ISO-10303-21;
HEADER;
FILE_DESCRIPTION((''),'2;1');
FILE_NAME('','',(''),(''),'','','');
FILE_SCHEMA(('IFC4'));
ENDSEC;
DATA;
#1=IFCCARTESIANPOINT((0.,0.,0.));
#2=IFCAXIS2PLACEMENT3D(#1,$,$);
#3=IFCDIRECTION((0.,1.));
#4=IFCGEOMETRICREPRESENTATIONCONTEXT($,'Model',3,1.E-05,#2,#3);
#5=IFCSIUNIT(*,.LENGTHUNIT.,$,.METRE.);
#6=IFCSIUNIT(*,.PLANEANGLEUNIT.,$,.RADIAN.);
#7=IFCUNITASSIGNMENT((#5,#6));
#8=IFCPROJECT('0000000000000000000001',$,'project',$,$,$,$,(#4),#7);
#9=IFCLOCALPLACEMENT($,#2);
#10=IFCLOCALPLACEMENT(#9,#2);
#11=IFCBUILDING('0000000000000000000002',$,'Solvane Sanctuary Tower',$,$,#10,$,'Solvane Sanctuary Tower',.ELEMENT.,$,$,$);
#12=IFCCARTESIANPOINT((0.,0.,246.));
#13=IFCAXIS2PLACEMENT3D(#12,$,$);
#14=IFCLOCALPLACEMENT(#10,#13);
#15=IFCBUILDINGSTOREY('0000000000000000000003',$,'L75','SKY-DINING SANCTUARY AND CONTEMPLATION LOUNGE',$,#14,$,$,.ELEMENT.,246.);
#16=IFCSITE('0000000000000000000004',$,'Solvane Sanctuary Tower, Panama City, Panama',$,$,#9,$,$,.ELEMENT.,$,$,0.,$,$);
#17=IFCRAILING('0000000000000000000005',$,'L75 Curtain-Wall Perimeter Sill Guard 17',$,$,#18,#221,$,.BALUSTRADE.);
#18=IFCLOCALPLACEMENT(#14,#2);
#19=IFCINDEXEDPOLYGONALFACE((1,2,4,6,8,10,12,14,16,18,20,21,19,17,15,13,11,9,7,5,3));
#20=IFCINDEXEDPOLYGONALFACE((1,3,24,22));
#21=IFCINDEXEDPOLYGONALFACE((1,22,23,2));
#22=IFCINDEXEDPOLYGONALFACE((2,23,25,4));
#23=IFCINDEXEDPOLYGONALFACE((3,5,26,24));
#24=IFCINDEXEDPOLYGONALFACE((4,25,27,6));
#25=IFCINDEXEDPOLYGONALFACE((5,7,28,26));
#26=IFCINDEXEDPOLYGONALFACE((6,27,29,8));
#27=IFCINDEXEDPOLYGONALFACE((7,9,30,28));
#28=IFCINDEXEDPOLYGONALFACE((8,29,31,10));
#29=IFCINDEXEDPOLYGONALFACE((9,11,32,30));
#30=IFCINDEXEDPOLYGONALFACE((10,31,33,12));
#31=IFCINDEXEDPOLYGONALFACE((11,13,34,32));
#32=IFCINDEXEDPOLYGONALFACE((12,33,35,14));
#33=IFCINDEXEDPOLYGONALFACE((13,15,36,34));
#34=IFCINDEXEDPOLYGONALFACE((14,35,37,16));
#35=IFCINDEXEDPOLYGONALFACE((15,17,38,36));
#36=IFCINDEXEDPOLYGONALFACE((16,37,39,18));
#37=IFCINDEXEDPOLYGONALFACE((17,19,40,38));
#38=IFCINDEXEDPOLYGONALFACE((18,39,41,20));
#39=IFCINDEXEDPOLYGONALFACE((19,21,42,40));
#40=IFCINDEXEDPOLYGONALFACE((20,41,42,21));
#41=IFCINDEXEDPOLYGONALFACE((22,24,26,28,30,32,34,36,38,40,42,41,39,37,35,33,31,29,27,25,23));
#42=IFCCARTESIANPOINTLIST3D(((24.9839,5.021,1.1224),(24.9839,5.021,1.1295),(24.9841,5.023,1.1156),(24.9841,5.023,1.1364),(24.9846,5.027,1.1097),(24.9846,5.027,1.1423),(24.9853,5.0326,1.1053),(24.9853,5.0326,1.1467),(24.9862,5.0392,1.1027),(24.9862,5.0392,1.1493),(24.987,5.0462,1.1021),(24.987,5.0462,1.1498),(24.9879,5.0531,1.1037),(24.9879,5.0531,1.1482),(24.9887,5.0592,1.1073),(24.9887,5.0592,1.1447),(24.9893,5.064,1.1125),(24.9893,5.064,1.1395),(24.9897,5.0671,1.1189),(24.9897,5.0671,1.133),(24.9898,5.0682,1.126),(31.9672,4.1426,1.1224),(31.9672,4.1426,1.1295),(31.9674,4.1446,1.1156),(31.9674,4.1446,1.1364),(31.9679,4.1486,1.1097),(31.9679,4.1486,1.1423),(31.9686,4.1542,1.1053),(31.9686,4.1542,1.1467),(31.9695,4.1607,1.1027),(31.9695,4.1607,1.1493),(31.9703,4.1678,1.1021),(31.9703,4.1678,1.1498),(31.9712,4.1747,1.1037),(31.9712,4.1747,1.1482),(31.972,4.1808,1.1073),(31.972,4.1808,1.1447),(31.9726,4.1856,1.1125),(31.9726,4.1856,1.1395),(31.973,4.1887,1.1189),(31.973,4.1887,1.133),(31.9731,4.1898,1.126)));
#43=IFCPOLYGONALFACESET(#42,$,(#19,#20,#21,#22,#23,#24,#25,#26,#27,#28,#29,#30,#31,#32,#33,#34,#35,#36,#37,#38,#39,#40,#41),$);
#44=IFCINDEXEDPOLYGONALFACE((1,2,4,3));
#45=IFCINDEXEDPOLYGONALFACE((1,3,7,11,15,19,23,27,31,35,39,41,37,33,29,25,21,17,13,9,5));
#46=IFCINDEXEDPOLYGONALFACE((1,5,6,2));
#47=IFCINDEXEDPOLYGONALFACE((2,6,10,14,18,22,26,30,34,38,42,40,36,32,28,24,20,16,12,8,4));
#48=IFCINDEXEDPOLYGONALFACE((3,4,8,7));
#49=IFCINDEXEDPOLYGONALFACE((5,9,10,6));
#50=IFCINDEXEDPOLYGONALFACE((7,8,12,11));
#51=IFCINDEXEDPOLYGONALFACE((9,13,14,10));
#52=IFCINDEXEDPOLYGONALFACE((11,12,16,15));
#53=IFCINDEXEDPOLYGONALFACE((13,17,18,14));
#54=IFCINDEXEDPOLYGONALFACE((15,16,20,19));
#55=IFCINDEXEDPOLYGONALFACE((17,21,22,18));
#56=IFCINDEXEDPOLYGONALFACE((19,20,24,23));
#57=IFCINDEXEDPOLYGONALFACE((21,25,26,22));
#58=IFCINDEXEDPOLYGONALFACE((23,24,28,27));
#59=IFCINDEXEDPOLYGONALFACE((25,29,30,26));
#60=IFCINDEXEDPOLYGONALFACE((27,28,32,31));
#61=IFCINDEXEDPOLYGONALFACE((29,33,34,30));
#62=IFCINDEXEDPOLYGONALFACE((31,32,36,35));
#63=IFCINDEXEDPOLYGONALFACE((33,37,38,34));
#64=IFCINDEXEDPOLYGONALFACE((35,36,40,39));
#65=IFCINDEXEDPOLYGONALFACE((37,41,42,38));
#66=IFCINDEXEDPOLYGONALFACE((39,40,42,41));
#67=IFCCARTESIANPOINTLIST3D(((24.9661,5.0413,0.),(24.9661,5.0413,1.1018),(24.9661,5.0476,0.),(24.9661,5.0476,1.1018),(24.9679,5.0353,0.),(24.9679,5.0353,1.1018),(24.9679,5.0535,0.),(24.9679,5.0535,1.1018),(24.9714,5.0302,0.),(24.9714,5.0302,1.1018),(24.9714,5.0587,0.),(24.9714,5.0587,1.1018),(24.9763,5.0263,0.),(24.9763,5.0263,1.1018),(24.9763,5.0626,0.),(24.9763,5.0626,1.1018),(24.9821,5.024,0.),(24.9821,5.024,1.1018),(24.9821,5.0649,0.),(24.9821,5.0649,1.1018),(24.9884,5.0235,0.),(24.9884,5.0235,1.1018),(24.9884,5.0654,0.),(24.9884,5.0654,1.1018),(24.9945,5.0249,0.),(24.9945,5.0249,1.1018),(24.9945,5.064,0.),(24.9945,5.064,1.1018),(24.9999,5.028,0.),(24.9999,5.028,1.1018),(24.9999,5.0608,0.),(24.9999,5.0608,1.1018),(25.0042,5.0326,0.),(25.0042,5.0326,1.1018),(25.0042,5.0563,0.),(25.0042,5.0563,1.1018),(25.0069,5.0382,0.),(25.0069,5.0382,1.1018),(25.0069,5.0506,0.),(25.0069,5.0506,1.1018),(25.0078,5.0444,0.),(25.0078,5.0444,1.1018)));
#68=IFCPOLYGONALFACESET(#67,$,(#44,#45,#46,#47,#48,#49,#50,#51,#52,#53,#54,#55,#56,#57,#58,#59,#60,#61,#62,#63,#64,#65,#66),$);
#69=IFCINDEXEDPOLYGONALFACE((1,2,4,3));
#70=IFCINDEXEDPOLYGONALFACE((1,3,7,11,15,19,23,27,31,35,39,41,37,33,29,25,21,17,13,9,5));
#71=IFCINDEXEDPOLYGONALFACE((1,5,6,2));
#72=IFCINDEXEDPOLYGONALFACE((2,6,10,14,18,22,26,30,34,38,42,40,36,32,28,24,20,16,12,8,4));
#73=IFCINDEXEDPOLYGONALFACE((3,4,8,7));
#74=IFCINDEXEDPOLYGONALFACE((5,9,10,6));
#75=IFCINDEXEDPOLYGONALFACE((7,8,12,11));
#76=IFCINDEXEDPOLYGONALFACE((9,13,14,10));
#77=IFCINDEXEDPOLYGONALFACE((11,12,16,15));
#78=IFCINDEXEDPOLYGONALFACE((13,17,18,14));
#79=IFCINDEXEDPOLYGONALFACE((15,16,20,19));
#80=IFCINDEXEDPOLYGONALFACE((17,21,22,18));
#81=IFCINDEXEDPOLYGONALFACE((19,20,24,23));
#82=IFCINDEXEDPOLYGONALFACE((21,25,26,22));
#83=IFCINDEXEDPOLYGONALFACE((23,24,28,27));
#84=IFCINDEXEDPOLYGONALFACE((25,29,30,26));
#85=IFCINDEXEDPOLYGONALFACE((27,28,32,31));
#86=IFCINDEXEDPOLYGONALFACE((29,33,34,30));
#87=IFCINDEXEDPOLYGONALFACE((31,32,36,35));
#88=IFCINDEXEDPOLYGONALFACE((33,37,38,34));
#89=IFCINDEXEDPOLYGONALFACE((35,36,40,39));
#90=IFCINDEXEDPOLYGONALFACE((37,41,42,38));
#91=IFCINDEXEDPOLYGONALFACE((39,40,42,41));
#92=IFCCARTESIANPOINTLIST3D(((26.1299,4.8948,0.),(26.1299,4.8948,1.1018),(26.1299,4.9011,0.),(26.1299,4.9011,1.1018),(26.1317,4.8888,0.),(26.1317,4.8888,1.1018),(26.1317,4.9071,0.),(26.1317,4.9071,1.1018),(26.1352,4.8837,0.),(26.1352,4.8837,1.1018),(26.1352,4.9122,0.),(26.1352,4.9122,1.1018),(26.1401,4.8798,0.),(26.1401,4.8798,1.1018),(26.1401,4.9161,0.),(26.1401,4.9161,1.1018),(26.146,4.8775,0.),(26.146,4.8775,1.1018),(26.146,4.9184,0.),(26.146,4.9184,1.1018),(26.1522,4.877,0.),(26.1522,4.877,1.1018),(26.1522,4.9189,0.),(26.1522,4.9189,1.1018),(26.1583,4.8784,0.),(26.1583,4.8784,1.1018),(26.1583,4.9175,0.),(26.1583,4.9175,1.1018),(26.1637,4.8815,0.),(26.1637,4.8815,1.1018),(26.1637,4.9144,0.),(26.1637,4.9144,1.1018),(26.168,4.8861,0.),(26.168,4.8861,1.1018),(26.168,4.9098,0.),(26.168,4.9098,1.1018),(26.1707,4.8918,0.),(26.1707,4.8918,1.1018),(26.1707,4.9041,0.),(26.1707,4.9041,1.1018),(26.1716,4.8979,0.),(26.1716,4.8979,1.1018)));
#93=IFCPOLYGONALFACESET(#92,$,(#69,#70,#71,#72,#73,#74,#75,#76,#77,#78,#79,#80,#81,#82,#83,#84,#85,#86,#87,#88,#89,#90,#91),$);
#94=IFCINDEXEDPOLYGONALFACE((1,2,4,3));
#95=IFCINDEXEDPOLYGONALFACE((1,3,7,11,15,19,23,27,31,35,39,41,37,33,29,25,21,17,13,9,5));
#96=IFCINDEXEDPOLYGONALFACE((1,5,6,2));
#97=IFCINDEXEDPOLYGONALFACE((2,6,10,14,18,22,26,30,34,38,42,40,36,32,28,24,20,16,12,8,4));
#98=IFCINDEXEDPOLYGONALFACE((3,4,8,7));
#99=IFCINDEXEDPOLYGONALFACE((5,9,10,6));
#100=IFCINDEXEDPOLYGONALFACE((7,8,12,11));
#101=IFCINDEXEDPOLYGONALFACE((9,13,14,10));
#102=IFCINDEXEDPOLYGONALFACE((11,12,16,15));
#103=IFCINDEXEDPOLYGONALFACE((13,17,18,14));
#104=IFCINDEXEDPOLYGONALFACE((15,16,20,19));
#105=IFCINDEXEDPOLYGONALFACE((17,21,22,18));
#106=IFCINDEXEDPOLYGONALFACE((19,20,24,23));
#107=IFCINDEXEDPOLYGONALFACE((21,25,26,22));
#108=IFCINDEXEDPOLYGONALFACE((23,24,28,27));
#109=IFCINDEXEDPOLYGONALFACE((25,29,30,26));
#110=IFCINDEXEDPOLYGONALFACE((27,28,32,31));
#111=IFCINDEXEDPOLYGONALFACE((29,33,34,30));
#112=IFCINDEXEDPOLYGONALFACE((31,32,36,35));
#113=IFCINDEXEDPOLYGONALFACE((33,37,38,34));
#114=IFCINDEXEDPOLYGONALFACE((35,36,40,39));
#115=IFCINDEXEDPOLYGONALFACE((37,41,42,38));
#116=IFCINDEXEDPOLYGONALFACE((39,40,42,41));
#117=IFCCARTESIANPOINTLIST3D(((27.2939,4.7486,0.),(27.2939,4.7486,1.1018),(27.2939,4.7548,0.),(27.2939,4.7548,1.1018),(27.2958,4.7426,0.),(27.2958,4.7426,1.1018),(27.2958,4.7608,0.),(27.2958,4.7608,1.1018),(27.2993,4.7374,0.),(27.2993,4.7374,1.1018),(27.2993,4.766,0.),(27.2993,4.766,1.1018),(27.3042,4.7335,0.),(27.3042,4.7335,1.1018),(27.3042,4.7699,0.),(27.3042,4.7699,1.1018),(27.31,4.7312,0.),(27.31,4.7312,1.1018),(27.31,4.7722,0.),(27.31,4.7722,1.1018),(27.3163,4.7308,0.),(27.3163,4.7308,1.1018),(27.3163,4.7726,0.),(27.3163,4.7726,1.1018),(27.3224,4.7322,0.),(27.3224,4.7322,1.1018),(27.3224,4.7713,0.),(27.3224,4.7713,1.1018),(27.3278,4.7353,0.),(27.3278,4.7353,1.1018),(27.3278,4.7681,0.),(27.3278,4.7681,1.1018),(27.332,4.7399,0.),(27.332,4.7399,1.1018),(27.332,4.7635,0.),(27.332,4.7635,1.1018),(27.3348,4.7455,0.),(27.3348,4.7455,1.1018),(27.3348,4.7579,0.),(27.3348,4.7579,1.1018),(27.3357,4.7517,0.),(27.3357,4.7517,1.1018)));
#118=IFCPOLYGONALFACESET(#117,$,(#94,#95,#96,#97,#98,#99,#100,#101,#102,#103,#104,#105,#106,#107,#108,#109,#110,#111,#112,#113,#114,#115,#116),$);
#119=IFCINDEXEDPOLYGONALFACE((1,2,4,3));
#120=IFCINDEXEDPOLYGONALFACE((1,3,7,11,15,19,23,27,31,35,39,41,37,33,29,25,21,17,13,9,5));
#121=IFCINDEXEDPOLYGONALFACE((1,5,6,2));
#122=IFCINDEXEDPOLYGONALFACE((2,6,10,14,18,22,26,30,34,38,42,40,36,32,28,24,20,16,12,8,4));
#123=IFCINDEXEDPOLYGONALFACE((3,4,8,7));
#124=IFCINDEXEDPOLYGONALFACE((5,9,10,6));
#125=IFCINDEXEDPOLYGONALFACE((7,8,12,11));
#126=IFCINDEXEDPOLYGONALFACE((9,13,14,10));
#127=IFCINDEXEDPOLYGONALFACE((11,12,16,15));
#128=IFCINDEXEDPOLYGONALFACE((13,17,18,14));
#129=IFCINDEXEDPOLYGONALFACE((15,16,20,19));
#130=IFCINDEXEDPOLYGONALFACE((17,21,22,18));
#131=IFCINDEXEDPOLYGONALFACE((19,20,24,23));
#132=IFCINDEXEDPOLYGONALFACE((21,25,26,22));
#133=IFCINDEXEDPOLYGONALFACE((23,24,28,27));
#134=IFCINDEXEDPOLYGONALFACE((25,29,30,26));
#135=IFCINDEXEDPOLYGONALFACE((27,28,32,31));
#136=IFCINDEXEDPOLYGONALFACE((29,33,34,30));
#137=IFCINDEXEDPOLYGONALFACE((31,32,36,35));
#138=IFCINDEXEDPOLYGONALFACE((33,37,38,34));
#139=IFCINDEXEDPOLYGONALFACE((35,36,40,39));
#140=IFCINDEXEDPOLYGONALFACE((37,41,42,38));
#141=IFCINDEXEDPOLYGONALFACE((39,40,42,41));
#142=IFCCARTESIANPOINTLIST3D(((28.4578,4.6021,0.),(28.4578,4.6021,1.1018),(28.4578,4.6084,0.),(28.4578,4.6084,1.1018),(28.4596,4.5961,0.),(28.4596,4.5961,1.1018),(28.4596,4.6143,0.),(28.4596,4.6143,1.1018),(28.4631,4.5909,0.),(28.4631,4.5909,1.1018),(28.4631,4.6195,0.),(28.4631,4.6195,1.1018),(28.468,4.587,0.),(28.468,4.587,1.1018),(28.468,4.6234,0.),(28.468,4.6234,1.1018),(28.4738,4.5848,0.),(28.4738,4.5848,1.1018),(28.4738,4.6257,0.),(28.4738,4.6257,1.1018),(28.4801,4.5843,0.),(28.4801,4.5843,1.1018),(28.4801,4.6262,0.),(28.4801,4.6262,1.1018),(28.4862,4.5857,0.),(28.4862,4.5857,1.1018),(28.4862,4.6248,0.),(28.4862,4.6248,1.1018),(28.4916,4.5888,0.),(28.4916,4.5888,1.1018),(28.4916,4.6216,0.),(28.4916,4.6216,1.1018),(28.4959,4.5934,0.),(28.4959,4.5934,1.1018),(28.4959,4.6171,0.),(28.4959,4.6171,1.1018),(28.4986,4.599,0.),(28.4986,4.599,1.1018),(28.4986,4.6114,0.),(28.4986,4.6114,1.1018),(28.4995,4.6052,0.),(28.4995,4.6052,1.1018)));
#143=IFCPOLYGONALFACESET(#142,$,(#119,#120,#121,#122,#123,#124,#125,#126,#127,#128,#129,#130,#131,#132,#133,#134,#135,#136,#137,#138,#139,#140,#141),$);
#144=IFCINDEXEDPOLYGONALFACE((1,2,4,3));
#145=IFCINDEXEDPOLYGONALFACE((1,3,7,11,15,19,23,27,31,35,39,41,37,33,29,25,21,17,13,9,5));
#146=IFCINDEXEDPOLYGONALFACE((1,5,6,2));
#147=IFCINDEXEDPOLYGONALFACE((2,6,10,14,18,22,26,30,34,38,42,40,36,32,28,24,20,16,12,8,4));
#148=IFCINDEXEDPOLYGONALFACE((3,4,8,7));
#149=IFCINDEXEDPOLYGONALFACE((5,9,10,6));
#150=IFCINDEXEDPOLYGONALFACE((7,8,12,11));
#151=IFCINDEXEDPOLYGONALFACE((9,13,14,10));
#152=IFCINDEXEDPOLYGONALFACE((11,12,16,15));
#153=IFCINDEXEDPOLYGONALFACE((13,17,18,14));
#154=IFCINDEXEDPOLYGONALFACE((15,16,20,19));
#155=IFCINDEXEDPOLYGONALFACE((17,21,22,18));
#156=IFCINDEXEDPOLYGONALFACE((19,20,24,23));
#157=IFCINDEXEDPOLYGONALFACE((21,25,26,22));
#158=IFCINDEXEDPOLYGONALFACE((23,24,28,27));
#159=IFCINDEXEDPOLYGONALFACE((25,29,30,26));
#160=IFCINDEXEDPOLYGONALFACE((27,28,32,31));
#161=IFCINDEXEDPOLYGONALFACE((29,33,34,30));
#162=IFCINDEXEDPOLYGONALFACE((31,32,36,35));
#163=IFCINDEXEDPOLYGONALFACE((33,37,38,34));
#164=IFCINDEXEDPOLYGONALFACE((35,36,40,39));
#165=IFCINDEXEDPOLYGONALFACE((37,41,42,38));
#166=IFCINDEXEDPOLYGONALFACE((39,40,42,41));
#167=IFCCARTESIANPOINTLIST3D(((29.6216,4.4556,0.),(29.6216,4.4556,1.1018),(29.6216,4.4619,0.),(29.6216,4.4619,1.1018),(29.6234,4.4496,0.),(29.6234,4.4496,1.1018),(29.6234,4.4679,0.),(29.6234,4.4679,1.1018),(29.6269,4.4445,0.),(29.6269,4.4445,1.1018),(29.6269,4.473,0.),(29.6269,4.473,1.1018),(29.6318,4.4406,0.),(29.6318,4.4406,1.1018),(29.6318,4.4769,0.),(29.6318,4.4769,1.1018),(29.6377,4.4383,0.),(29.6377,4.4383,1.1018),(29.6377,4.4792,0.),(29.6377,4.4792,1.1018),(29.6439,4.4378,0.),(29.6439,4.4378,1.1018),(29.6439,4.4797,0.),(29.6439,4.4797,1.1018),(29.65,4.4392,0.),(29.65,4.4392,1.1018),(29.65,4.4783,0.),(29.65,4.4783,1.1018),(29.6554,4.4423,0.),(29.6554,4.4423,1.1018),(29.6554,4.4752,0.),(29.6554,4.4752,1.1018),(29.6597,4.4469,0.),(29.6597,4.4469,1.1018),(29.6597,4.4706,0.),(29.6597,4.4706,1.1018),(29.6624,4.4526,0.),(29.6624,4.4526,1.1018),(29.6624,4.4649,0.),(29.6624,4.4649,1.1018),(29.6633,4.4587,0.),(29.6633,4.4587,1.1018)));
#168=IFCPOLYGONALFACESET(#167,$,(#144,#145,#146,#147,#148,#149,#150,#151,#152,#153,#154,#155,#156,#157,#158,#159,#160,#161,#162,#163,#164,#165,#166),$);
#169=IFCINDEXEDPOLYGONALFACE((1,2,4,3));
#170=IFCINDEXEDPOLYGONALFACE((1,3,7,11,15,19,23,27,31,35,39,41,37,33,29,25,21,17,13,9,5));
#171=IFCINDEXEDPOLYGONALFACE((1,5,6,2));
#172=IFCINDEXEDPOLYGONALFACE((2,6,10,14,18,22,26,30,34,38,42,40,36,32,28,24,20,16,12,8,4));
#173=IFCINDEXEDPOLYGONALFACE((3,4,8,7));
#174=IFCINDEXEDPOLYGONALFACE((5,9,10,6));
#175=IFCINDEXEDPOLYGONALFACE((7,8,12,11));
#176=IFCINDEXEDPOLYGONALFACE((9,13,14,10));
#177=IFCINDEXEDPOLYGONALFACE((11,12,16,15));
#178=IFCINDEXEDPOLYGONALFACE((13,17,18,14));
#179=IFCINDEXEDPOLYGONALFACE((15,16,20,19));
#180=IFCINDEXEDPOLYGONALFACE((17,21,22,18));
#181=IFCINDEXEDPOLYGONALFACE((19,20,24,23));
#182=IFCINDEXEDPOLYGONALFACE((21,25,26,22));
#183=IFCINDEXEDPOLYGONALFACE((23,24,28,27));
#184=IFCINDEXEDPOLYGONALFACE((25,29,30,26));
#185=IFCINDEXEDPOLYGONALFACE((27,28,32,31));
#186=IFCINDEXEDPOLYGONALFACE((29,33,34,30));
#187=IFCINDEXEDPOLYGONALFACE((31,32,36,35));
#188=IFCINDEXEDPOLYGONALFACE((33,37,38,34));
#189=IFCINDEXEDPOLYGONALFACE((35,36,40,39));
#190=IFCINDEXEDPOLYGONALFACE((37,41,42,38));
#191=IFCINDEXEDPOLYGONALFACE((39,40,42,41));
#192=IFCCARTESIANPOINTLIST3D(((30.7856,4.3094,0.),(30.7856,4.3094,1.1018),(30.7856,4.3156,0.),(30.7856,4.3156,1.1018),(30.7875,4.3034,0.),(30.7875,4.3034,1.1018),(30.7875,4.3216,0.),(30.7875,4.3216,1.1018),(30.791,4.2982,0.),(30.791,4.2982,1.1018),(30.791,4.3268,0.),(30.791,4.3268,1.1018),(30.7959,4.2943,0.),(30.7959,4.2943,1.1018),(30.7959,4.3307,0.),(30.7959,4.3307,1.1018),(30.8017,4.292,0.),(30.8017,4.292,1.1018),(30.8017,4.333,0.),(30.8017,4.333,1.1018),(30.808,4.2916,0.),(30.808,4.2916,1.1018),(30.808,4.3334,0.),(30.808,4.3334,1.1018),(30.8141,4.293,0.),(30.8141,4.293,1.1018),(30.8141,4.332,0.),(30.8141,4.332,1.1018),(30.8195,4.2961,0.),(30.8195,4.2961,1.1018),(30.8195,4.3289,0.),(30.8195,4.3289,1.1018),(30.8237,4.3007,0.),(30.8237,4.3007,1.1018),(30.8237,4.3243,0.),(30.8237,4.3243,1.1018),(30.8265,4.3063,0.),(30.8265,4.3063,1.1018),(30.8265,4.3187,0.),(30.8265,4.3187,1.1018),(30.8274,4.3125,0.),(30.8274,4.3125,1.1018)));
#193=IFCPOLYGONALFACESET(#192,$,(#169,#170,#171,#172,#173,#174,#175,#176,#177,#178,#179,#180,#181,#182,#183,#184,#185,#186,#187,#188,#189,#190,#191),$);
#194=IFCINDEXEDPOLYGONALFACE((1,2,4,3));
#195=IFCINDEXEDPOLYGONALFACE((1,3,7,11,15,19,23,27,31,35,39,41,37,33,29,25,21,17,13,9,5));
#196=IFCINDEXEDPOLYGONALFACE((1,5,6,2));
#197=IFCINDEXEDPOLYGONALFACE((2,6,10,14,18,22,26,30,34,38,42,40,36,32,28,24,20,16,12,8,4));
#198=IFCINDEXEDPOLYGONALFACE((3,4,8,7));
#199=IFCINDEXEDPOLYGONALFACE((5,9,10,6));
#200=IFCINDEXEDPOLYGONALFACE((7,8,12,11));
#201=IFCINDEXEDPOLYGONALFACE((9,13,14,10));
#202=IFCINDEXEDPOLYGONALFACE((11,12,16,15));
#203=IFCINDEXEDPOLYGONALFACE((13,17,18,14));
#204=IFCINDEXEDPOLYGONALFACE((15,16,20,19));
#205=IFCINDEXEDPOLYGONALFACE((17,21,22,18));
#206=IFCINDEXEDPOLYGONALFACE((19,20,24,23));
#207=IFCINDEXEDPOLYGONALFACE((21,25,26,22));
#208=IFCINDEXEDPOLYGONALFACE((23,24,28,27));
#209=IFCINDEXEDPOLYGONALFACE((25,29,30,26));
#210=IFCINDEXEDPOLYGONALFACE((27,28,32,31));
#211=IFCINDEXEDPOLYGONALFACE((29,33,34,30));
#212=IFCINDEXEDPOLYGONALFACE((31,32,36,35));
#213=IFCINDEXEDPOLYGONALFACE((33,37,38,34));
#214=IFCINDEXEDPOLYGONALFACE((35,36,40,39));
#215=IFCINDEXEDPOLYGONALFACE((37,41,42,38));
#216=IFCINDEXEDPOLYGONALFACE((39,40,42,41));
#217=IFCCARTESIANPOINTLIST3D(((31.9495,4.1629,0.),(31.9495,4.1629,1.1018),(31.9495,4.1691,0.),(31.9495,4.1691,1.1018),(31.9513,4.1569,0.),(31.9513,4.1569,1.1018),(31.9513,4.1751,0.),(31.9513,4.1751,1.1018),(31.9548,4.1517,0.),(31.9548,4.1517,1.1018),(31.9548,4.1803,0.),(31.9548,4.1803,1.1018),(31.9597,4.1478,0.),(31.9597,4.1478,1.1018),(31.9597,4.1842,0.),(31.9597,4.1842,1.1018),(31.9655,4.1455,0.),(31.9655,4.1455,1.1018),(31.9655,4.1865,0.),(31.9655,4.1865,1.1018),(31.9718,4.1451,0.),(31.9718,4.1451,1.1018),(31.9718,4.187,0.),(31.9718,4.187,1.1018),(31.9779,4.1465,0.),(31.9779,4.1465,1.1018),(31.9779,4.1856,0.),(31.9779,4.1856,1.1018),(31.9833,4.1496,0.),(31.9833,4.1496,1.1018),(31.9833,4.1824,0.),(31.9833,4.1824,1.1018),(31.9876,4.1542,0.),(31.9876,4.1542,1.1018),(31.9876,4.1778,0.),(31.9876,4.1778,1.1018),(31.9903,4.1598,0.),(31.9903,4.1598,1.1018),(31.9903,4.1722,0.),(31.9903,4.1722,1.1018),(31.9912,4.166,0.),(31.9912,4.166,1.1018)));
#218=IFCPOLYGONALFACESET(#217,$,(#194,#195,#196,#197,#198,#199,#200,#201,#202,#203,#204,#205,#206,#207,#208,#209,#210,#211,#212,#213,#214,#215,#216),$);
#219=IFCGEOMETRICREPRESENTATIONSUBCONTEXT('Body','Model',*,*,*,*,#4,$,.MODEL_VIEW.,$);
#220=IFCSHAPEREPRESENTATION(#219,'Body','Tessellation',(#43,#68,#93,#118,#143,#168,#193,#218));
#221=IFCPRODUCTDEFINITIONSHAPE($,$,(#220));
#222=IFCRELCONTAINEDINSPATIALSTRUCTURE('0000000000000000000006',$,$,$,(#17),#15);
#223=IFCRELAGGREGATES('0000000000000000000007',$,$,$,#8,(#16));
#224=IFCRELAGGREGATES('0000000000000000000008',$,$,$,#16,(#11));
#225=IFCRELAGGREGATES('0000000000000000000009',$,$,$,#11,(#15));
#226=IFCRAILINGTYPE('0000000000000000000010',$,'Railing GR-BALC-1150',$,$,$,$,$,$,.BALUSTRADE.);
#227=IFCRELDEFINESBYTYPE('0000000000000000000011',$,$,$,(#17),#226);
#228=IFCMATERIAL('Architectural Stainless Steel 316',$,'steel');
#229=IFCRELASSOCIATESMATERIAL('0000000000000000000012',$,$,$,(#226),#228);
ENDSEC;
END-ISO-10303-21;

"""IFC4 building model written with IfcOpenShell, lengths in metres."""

from ifc_helpers import new_model, si_unit, direction, frame, origin, origin_2d, place, context, subcontext, project, spatial, circle, extrude, material, type_object, element, save


model = new_model("IFC4")

# Units and contexts
model_context = context("Model", 3, precision=1e-05, world=origin(), true_north=direction((0.0, 1.0)))
body_context = subcontext(model_context, "Body", "Model", "MODEL_VIEW")
ifc_project = project(units=[si_unit("LENGTHUNIT", "METRE"), si_unit("PLANEANGLEUNIT", "RADIAN")], contexts=[model_context])

# Site, building, storey
site_placement = place(None, origin())
site = spatial("IfcSite", under=ifc_project, at=site_placement, Name="Solvane Sanctuary Tower, Panama City, Panama", CompositionType="ELEMENT", RefElevation=0.0)
building_placement = place(site_placement, origin())
building = spatial("IfcBuilding", under=site, at=building_placement, Name="Solvane Sanctuary Tower", LongName="Solvane Sanctuary Tower", CompositionType="ELEMENT")
storey_placement = place(building_placement, frame((0.0, 0.0, 246.0)))
storey = spatial("IfcBuildingStorey", under=building, at=storey_placement, Name="L75", Description="SKY-DINING SANCTUARY AND CONTEMPLATION LOUNGE", CompositionType="ELEMENT", Elevation=246.0)

# Railing
ifc_material_1 = material(Name="Architectural Stainless Steel 316", Category="steel")
railing_type = type_object("IfcRailingType", Name="Railing GR-BALC-1150", PredefinedType="BALUSTRADE", material=ifc_material_1)
railing_placement = place(storey_placement, frame((24.9868, 5.0444, 0.0)))
element("IfcRailing", 1, at=railing_placement, inside=storey, type_object=railing_type, Name="L75 Curtain-Wall Perimeter Sill Guard 17", PredefinedType="BALUSTRADE", context=body_context, shape_type="SweptSolid", body=[
    extrude(circle(Radius=0.0239, at=origin_2d()), frame((0.0, 0.0, 1.126), z_axis=(0.992182, -0.124803, 0.0), x_axis=(0.124803, 0.992182, 0.0)), (0.0, 0.0, 1.0), 7.0383),
    extrude(circle(Radius=0.021, at=origin_2d()), origin(), (0.0, 0.0, 1.0), 1.1018),
    extrude(circle(Radius=0.021, at=origin_2d()), frame((1.1638, -0.1465, 0.0)), (0.0, 0.0, 1.0), 1.1018),
    extrude(circle(Radius=0.021, at=origin_2d()), frame((2.3279, -0.2927, 0.0)), (0.0, 0.0, 1.0), 1.1018),
    extrude(circle(Radius=0.021, at=origin_2d()), frame((3.4917, -0.4392, 0.0)), (0.0, 0.0, 1.0), 1.1018),
    extrude(circle(Radius=0.021, at=origin_2d()), frame((4.6555, -0.5857, 0.0)), (0.0, 0.0, 1.0), 1.1018),
    extrude(circle(Radius=0.021, at=origin_2d()), frame((5.8196, -0.7319, 0.0)), (0.0, 0.0, 1.0), 1.1018),
    extrude(circle(Radius=0.021, at=origin_2d()), frame((6.9834, -0.8784, 0.0)), (0.0, 0.0, 1.0), 1.1018),
])

save(model, "model.ifc")
